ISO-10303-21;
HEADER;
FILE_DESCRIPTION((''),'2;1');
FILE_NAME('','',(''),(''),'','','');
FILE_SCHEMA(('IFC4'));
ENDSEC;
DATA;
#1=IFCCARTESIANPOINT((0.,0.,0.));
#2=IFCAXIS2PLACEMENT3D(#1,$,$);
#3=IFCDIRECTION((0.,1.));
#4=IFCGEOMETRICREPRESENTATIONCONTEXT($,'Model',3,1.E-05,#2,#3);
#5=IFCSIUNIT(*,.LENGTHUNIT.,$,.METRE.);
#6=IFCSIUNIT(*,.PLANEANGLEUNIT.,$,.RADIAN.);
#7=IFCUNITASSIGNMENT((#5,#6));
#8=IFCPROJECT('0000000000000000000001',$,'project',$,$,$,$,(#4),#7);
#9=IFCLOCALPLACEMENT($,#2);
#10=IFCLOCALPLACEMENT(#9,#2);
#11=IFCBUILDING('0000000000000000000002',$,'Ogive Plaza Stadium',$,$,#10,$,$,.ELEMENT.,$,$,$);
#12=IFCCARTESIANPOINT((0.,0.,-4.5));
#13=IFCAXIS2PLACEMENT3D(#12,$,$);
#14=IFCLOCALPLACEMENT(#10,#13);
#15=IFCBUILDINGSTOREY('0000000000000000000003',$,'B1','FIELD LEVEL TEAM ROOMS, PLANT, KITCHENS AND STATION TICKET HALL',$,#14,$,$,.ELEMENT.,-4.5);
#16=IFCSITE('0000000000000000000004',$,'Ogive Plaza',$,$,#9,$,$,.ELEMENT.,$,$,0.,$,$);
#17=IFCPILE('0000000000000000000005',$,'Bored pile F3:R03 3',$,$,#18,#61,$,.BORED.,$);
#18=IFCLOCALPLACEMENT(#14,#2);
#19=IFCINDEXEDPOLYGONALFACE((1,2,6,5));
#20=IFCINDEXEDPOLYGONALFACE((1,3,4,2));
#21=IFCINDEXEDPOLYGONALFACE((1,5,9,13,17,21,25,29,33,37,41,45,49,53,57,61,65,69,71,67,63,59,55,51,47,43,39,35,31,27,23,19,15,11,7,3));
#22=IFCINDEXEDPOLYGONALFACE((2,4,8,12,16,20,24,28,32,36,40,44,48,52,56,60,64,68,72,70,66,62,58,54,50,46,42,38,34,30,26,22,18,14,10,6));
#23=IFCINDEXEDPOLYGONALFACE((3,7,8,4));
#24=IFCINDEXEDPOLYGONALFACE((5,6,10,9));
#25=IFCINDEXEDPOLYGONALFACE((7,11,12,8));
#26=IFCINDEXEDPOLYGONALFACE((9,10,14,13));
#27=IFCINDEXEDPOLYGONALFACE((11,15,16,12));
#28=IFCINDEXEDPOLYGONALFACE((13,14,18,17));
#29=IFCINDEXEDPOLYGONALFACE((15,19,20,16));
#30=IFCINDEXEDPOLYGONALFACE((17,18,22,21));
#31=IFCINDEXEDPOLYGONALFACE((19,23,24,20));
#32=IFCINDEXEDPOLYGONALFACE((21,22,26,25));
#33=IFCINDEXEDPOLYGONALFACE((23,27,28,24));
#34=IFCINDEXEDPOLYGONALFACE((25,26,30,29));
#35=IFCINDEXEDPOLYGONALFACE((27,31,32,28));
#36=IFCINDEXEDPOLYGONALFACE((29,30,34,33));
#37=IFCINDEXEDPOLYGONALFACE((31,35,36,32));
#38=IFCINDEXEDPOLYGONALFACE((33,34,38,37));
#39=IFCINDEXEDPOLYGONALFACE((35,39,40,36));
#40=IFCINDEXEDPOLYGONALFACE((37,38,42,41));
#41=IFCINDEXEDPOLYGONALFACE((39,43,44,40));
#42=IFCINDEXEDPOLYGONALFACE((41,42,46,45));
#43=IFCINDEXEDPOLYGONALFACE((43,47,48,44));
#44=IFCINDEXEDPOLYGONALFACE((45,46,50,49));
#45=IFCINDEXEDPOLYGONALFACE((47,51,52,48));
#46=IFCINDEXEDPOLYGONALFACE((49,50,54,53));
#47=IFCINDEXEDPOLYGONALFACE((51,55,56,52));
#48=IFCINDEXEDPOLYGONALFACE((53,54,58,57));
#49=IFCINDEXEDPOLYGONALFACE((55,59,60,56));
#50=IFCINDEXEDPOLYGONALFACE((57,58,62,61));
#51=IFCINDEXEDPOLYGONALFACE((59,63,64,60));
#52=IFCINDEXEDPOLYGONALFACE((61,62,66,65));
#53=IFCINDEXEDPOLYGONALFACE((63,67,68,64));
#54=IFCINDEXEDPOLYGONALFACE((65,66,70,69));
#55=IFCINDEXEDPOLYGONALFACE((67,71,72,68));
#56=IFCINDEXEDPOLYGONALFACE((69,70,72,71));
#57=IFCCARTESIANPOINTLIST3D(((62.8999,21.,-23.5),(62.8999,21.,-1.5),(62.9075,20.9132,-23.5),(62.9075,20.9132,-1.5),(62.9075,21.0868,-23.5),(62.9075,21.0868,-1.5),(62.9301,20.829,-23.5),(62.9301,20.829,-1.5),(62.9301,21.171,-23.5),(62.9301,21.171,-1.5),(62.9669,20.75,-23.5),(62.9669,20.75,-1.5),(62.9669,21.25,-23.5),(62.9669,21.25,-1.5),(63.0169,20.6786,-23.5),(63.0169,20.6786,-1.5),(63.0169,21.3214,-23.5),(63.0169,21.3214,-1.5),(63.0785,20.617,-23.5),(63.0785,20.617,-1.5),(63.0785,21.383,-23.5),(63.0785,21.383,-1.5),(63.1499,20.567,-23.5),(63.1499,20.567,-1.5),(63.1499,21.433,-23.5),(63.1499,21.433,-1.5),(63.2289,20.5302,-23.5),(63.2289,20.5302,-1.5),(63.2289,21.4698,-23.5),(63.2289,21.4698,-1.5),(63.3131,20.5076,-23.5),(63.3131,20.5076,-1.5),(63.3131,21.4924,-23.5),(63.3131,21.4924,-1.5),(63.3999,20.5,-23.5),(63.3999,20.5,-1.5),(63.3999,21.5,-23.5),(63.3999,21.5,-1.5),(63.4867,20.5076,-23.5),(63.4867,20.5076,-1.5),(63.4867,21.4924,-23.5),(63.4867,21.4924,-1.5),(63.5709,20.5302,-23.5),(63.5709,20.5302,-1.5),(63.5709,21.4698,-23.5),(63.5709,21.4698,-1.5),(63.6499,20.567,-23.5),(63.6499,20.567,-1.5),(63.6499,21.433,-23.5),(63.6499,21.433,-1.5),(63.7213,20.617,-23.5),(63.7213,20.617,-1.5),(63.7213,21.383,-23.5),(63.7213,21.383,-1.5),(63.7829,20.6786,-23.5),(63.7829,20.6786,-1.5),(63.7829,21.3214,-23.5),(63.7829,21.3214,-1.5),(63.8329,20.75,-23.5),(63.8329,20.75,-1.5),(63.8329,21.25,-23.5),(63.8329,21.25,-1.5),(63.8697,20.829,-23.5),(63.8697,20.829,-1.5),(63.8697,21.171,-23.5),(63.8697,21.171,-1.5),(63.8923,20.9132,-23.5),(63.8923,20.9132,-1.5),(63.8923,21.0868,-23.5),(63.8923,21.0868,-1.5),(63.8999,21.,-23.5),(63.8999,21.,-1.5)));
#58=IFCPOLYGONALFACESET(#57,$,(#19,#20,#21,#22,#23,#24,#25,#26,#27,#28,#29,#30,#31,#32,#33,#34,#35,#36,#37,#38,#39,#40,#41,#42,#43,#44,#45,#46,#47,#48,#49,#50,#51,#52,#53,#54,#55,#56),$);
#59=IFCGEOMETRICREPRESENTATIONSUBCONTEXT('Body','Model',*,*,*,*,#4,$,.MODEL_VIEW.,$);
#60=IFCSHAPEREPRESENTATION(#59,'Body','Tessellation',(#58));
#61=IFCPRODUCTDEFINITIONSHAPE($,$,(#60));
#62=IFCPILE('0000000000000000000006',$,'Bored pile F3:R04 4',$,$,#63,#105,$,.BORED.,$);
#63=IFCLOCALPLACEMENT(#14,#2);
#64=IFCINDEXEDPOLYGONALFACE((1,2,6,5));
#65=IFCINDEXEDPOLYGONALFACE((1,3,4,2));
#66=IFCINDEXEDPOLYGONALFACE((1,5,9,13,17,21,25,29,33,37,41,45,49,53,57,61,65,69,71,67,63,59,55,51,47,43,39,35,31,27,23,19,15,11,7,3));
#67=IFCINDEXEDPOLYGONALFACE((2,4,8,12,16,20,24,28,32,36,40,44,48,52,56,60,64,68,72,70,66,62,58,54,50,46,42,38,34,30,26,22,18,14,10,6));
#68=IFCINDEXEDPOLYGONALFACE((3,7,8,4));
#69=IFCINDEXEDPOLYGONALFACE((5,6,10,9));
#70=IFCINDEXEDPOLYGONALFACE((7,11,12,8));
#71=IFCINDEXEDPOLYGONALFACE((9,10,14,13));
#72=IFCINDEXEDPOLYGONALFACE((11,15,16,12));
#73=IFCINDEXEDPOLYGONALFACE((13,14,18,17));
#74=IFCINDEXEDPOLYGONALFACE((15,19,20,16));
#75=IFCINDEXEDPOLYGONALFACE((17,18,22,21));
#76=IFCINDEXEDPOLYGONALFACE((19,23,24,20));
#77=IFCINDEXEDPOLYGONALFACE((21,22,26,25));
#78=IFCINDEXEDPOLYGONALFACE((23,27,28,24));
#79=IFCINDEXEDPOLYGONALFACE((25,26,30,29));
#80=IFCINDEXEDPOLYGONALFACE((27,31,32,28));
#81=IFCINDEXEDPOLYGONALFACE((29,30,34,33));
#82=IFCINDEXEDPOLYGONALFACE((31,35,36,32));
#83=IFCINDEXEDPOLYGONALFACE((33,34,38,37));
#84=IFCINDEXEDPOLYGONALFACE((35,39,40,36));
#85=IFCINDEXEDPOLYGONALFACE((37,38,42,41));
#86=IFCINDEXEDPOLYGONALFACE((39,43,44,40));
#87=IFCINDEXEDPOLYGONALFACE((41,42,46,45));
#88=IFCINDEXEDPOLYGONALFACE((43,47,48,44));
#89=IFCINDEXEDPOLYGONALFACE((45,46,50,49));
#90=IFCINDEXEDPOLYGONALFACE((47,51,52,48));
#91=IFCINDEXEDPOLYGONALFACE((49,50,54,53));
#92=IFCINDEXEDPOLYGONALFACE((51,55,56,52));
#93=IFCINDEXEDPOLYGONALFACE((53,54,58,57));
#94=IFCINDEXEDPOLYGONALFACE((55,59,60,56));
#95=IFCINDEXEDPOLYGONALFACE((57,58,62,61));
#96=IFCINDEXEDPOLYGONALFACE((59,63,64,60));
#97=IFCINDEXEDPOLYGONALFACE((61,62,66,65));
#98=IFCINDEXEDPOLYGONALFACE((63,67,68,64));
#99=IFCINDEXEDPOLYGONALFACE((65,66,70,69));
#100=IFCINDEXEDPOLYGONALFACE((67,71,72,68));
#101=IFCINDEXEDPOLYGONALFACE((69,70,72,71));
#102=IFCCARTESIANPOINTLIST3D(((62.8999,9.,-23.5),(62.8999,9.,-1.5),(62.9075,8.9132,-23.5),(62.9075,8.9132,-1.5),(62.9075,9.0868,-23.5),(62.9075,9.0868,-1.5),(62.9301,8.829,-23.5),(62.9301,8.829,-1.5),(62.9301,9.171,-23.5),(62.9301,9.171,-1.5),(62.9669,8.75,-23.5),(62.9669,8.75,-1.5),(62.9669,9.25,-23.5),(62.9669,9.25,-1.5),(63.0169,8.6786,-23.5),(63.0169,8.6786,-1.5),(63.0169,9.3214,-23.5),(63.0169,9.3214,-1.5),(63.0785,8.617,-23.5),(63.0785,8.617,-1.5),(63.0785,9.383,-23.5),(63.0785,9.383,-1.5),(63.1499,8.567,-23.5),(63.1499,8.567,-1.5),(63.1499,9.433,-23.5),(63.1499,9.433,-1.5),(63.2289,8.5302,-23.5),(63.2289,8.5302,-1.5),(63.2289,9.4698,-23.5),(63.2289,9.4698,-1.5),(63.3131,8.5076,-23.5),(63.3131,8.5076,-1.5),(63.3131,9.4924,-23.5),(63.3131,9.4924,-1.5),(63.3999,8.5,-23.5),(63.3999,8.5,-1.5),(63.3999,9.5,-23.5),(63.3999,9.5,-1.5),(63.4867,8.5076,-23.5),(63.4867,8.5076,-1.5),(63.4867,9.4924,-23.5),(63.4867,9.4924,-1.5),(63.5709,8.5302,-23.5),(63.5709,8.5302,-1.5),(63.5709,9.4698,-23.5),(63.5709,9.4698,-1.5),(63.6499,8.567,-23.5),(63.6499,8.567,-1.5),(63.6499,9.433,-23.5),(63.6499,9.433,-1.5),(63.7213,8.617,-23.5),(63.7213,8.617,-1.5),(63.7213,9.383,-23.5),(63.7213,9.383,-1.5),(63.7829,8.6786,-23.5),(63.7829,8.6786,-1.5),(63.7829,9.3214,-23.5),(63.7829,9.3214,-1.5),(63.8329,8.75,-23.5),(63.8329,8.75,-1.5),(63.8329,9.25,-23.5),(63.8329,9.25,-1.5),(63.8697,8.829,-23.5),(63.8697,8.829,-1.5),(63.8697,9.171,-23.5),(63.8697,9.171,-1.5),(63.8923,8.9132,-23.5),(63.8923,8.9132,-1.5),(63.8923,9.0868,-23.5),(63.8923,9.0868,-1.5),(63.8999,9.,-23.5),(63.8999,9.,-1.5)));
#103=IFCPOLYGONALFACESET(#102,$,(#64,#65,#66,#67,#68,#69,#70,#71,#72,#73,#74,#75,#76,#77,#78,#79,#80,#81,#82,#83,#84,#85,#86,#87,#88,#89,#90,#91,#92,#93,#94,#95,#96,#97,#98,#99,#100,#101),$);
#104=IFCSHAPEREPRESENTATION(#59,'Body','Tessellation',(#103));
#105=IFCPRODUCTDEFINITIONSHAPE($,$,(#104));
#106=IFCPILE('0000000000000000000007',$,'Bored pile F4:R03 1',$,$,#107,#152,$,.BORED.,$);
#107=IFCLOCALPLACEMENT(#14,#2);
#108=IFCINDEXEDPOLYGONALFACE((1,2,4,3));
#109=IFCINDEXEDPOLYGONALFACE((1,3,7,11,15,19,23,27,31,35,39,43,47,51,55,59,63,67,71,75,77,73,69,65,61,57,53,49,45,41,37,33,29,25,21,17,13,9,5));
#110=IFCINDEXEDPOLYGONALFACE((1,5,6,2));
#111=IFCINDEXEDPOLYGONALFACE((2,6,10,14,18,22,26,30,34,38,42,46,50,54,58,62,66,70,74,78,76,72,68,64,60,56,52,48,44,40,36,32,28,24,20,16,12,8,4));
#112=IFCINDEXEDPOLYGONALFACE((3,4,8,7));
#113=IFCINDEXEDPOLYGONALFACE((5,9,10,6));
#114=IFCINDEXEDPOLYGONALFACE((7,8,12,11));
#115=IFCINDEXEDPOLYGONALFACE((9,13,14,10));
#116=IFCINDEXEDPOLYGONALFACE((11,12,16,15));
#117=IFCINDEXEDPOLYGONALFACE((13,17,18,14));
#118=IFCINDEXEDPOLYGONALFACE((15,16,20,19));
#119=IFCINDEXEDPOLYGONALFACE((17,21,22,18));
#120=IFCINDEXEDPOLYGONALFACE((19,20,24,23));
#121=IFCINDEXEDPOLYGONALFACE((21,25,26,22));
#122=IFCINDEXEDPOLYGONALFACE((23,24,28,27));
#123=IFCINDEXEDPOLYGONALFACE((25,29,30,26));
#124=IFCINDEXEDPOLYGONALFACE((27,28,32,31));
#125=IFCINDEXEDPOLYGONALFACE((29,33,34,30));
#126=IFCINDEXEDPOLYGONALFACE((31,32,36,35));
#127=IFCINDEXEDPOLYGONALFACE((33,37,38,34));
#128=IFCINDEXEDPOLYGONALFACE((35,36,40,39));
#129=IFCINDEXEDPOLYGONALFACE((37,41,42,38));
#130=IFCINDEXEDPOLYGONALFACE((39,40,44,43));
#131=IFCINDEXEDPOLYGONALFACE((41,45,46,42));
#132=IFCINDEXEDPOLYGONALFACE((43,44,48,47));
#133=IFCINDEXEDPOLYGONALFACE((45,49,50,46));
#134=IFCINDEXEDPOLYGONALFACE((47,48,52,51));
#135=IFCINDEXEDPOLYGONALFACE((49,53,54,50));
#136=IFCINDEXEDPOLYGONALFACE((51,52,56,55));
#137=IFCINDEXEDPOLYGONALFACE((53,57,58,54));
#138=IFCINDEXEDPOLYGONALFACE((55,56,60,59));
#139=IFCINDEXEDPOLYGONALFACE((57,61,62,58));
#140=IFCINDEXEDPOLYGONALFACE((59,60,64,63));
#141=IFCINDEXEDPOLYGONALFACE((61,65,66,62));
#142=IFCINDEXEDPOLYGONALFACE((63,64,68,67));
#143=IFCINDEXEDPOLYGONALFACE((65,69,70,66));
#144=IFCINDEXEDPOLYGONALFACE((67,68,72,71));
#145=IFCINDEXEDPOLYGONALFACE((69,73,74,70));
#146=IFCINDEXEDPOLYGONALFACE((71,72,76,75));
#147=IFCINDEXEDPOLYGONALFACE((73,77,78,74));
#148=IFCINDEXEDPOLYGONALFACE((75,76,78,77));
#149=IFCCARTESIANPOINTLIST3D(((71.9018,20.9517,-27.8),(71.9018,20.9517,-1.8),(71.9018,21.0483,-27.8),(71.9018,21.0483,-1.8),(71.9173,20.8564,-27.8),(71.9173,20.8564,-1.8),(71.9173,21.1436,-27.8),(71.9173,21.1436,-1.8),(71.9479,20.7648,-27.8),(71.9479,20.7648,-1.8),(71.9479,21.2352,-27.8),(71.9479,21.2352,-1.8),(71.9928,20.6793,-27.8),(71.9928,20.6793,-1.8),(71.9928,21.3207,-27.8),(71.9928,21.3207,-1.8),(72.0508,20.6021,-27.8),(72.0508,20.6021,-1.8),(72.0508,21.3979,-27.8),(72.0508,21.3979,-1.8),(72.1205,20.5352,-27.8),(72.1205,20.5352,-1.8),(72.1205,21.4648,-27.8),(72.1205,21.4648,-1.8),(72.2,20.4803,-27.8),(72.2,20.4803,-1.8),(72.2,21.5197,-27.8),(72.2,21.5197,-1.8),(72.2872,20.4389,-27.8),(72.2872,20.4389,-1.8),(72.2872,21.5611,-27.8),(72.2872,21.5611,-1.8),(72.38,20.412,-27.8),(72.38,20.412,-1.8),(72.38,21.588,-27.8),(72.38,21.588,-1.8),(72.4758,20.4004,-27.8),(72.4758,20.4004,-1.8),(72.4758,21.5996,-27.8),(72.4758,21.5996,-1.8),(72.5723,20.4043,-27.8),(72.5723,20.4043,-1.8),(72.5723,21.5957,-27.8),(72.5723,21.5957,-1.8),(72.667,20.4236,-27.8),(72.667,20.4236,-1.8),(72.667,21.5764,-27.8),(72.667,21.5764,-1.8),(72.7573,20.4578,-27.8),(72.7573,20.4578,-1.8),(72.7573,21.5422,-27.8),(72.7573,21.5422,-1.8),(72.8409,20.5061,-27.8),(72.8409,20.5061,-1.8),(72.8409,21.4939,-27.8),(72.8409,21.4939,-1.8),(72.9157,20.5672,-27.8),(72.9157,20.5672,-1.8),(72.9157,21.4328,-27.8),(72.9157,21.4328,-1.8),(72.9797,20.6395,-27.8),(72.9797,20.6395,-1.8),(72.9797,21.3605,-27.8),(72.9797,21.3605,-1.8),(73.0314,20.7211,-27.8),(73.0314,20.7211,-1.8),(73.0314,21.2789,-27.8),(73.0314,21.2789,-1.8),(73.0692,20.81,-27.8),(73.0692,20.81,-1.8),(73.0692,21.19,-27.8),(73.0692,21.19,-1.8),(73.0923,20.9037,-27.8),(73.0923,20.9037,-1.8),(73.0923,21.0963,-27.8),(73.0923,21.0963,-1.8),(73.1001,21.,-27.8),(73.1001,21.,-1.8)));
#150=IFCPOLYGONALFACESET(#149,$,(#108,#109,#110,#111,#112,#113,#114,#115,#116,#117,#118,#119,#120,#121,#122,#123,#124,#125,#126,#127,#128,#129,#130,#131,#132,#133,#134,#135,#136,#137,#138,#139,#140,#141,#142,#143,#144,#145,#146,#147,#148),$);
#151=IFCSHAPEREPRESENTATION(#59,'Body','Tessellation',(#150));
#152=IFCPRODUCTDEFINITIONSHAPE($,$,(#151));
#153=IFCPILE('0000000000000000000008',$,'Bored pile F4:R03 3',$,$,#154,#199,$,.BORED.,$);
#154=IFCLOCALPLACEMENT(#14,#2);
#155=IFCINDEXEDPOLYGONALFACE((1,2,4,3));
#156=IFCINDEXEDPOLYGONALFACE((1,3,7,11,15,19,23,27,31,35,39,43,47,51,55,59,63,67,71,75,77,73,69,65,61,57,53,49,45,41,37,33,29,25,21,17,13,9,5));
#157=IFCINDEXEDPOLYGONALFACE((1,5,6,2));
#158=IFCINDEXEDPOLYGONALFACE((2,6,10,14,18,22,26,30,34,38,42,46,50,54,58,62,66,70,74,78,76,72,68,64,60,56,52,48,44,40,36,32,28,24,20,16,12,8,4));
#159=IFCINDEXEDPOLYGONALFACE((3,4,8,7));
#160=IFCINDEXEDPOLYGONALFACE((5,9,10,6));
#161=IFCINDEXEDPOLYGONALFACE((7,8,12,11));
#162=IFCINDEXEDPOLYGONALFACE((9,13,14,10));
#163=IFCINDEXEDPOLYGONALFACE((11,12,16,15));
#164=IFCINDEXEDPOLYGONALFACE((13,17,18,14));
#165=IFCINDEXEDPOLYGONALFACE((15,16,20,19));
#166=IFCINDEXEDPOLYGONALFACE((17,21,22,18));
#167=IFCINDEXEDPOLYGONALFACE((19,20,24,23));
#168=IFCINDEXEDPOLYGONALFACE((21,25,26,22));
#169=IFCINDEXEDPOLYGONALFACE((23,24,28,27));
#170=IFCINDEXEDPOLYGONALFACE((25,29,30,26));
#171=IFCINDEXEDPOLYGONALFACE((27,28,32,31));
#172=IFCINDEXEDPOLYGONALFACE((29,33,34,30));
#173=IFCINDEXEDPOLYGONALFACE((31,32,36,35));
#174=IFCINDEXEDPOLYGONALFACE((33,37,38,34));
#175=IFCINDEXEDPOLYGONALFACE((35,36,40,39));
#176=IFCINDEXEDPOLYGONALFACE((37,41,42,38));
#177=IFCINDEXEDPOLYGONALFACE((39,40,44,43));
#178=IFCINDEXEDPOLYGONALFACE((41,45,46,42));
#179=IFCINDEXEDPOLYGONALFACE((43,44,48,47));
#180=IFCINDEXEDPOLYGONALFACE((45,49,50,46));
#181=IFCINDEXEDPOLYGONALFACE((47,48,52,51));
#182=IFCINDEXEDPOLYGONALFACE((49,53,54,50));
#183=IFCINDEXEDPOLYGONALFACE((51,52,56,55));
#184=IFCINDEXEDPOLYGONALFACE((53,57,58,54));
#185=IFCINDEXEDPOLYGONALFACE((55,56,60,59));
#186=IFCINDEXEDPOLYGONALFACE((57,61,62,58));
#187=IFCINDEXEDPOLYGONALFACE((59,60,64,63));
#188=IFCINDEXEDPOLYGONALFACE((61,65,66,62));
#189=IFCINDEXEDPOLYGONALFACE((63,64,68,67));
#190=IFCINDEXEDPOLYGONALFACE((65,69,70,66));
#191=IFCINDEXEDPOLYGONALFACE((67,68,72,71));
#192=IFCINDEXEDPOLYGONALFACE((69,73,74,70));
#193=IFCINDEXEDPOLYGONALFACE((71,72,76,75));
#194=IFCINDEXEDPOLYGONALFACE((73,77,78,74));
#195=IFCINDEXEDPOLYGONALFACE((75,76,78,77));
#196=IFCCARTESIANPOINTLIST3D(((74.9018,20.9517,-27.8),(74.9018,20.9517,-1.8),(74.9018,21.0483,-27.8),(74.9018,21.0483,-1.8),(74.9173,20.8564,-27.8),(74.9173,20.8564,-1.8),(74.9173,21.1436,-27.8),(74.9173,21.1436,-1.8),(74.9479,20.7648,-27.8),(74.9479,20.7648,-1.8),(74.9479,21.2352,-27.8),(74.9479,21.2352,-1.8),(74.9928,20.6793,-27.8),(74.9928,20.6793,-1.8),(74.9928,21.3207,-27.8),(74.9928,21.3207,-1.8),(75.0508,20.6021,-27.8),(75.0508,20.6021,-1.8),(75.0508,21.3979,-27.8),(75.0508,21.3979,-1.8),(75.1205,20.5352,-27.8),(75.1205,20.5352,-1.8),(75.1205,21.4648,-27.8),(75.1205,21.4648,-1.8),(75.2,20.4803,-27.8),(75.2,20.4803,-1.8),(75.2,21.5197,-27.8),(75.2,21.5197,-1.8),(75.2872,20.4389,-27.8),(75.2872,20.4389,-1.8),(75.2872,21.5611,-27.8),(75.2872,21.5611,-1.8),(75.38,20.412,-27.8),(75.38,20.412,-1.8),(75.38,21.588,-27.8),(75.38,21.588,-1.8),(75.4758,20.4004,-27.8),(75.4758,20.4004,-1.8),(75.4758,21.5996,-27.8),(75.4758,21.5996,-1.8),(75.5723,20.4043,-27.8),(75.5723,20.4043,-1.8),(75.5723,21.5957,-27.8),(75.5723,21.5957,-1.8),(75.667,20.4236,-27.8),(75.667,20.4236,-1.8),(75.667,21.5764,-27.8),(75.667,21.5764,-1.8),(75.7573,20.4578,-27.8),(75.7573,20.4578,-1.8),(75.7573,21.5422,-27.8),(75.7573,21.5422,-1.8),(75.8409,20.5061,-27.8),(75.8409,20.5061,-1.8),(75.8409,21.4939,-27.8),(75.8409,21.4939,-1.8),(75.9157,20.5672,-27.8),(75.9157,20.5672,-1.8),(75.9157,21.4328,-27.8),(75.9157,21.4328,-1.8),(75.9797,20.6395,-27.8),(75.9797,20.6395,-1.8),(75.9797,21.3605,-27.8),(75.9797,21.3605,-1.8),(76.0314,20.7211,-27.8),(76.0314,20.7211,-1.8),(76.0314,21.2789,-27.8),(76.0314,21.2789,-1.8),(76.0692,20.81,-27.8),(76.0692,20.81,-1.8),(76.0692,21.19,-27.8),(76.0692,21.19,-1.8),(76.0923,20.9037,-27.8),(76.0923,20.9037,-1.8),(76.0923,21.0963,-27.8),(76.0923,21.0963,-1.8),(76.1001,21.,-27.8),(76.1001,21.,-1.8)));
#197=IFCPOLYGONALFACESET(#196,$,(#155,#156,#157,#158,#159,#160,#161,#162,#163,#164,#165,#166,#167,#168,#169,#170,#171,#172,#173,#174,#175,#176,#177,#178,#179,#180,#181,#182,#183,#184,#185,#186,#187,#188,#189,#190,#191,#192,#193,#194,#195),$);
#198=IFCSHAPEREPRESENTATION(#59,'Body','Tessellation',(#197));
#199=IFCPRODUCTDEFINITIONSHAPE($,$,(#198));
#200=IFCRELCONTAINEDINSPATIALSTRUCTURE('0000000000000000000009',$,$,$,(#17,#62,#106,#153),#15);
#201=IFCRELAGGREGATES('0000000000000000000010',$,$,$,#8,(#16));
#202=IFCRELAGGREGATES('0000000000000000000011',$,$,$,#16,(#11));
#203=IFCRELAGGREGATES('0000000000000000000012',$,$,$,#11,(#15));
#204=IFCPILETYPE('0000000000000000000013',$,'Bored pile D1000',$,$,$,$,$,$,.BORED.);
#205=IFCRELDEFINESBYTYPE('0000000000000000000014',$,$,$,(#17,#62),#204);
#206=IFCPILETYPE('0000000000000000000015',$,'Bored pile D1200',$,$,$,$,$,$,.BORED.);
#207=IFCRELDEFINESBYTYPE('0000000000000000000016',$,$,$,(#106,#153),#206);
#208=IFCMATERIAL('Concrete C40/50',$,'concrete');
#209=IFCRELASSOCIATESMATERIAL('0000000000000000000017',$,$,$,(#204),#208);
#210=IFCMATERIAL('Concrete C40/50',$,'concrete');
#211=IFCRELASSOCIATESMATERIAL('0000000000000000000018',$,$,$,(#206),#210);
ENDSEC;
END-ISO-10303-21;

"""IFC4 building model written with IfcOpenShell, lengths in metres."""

from ifc_helpers import new_model, si_unit, direction, frame, origin, origin_2d, place, context, subcontext, project, spatial, circle, extrude, material, material_profile, profile_set, type_object, element, save


model = new_model("IFC4")

# Units and contexts
model_context = context("Model", 3, precision=1e-05, world=origin(), true_north=direction((0.0, 1.0)))
body_context = subcontext(model_context, "Body", "Model", "MODEL_VIEW")
ifc_project = project(units=[si_unit("LENGTHUNIT", "METRE"), si_unit("PLANEANGLEUNIT", "RADIAN")], contexts=[model_context])

# Site, building, storey
site_placement = place(None, origin())
site = spatial("IfcSite", under=ifc_project, at=site_placement, Name="Ogive Plaza", CompositionType="ELEMENT", RefElevation=0.0)
building_placement = place(site_placement, origin())
building = spatial("IfcBuilding", under=site, at=building_placement, Name="Ogive Plaza Stadium", CompositionType="ELEMENT")
storey_placement = place(building_placement, frame((0.0, 0.0, -4.5)))
storey = spatial("IfcBuildingStorey", under=building, at=storey_placement, Name="B1", Description="FIELD LEVEL TEAM ROOMS, PLANT, KITCHENS AND STATION TICKET HALL", CompositionType="ELEMENT", Elevation=-4.5)

# Piles
ifc_material_1 = material(Name="Concrete C40/50", Category="concrete")
ifc_material_profile_1 = material_profile(ifc_material_1, circle(Radius=0.5, at=origin_2d()), Name="RC D1000")
ifc_profile_set_1 = profile_set([ifc_material_profile_1], Name="Concrete C40/50")
pile_type_1 = type_object("IfcPileType", Name="Bored pile D1000", PredefinedType="BORED", material=ifc_profile_set_1)
for number, where, z_axis, x_axis, name in (
    (1, (63.3999, 21.0, -1.5), (0.0, 0.0, -1.0), (1.0, 0.0, 0.0), "Bored pile F3:R03 3"),
    (2, (63.3999, 9.0, -1.5), (0.0, 0.0, -1.0), (1.0, 0.0, 0.0), "Bored pile F3:R04 4"),
):
    element("IfcPile", number, at=place(storey_placement, frame(where, z_axis=z_axis, x_axis=x_axis)), inside=storey, type_object=pile_type_1, Name=name, PredefinedType="BORED", context=body_context, shape_type="SweptSolid", body=[
        extrude(circle(Radius=0.5, at=origin_2d()), origin(), (0.0, 0.0, 1.0), 22.0),
    ])
ifc_material_2 = material(Name="Concrete C40/50", Category="concrete")
ifc_material_profile_2 = material_profile(ifc_material_2, circle(Radius=0.6001, at=origin_2d()), Name="RC D1200")
ifc_profile_set_2 = profile_set([ifc_material_profile_2], Name="Concrete C40/50")
pile_type_2 = type_object("IfcPileType", Name="Bored pile D1200", PredefinedType="BORED", material=ifc_profile_set_2)
for number, where, z_axis, x_axis, name in (
    (3, (72.5, 21.0, -1.8), (0.0, 0.0, -1.0), (1.0, 0.0, 0.0), "Bored pile F4:R03 1"),
    (4, (75.5, 21.0, -1.8), (0.0, 0.0, -1.0), (1.0, 0.0, 0.0), "Bored pile F4:R03 3"),
):
    element("IfcPile", number, at=place(storey_placement, frame(where, z_axis=z_axis, x_axis=x_axis)), inside=storey, type_object=pile_type_2, Name=name, PredefinedType="BORED", context=body_context, shape_type="SweptSolid", body=[
        extrude(circle(Radius=0.6001, at=origin_2d()), origin(), (0.0, 0.0, 1.0), 26.0),
    ])

save(model, "model.ifc")
